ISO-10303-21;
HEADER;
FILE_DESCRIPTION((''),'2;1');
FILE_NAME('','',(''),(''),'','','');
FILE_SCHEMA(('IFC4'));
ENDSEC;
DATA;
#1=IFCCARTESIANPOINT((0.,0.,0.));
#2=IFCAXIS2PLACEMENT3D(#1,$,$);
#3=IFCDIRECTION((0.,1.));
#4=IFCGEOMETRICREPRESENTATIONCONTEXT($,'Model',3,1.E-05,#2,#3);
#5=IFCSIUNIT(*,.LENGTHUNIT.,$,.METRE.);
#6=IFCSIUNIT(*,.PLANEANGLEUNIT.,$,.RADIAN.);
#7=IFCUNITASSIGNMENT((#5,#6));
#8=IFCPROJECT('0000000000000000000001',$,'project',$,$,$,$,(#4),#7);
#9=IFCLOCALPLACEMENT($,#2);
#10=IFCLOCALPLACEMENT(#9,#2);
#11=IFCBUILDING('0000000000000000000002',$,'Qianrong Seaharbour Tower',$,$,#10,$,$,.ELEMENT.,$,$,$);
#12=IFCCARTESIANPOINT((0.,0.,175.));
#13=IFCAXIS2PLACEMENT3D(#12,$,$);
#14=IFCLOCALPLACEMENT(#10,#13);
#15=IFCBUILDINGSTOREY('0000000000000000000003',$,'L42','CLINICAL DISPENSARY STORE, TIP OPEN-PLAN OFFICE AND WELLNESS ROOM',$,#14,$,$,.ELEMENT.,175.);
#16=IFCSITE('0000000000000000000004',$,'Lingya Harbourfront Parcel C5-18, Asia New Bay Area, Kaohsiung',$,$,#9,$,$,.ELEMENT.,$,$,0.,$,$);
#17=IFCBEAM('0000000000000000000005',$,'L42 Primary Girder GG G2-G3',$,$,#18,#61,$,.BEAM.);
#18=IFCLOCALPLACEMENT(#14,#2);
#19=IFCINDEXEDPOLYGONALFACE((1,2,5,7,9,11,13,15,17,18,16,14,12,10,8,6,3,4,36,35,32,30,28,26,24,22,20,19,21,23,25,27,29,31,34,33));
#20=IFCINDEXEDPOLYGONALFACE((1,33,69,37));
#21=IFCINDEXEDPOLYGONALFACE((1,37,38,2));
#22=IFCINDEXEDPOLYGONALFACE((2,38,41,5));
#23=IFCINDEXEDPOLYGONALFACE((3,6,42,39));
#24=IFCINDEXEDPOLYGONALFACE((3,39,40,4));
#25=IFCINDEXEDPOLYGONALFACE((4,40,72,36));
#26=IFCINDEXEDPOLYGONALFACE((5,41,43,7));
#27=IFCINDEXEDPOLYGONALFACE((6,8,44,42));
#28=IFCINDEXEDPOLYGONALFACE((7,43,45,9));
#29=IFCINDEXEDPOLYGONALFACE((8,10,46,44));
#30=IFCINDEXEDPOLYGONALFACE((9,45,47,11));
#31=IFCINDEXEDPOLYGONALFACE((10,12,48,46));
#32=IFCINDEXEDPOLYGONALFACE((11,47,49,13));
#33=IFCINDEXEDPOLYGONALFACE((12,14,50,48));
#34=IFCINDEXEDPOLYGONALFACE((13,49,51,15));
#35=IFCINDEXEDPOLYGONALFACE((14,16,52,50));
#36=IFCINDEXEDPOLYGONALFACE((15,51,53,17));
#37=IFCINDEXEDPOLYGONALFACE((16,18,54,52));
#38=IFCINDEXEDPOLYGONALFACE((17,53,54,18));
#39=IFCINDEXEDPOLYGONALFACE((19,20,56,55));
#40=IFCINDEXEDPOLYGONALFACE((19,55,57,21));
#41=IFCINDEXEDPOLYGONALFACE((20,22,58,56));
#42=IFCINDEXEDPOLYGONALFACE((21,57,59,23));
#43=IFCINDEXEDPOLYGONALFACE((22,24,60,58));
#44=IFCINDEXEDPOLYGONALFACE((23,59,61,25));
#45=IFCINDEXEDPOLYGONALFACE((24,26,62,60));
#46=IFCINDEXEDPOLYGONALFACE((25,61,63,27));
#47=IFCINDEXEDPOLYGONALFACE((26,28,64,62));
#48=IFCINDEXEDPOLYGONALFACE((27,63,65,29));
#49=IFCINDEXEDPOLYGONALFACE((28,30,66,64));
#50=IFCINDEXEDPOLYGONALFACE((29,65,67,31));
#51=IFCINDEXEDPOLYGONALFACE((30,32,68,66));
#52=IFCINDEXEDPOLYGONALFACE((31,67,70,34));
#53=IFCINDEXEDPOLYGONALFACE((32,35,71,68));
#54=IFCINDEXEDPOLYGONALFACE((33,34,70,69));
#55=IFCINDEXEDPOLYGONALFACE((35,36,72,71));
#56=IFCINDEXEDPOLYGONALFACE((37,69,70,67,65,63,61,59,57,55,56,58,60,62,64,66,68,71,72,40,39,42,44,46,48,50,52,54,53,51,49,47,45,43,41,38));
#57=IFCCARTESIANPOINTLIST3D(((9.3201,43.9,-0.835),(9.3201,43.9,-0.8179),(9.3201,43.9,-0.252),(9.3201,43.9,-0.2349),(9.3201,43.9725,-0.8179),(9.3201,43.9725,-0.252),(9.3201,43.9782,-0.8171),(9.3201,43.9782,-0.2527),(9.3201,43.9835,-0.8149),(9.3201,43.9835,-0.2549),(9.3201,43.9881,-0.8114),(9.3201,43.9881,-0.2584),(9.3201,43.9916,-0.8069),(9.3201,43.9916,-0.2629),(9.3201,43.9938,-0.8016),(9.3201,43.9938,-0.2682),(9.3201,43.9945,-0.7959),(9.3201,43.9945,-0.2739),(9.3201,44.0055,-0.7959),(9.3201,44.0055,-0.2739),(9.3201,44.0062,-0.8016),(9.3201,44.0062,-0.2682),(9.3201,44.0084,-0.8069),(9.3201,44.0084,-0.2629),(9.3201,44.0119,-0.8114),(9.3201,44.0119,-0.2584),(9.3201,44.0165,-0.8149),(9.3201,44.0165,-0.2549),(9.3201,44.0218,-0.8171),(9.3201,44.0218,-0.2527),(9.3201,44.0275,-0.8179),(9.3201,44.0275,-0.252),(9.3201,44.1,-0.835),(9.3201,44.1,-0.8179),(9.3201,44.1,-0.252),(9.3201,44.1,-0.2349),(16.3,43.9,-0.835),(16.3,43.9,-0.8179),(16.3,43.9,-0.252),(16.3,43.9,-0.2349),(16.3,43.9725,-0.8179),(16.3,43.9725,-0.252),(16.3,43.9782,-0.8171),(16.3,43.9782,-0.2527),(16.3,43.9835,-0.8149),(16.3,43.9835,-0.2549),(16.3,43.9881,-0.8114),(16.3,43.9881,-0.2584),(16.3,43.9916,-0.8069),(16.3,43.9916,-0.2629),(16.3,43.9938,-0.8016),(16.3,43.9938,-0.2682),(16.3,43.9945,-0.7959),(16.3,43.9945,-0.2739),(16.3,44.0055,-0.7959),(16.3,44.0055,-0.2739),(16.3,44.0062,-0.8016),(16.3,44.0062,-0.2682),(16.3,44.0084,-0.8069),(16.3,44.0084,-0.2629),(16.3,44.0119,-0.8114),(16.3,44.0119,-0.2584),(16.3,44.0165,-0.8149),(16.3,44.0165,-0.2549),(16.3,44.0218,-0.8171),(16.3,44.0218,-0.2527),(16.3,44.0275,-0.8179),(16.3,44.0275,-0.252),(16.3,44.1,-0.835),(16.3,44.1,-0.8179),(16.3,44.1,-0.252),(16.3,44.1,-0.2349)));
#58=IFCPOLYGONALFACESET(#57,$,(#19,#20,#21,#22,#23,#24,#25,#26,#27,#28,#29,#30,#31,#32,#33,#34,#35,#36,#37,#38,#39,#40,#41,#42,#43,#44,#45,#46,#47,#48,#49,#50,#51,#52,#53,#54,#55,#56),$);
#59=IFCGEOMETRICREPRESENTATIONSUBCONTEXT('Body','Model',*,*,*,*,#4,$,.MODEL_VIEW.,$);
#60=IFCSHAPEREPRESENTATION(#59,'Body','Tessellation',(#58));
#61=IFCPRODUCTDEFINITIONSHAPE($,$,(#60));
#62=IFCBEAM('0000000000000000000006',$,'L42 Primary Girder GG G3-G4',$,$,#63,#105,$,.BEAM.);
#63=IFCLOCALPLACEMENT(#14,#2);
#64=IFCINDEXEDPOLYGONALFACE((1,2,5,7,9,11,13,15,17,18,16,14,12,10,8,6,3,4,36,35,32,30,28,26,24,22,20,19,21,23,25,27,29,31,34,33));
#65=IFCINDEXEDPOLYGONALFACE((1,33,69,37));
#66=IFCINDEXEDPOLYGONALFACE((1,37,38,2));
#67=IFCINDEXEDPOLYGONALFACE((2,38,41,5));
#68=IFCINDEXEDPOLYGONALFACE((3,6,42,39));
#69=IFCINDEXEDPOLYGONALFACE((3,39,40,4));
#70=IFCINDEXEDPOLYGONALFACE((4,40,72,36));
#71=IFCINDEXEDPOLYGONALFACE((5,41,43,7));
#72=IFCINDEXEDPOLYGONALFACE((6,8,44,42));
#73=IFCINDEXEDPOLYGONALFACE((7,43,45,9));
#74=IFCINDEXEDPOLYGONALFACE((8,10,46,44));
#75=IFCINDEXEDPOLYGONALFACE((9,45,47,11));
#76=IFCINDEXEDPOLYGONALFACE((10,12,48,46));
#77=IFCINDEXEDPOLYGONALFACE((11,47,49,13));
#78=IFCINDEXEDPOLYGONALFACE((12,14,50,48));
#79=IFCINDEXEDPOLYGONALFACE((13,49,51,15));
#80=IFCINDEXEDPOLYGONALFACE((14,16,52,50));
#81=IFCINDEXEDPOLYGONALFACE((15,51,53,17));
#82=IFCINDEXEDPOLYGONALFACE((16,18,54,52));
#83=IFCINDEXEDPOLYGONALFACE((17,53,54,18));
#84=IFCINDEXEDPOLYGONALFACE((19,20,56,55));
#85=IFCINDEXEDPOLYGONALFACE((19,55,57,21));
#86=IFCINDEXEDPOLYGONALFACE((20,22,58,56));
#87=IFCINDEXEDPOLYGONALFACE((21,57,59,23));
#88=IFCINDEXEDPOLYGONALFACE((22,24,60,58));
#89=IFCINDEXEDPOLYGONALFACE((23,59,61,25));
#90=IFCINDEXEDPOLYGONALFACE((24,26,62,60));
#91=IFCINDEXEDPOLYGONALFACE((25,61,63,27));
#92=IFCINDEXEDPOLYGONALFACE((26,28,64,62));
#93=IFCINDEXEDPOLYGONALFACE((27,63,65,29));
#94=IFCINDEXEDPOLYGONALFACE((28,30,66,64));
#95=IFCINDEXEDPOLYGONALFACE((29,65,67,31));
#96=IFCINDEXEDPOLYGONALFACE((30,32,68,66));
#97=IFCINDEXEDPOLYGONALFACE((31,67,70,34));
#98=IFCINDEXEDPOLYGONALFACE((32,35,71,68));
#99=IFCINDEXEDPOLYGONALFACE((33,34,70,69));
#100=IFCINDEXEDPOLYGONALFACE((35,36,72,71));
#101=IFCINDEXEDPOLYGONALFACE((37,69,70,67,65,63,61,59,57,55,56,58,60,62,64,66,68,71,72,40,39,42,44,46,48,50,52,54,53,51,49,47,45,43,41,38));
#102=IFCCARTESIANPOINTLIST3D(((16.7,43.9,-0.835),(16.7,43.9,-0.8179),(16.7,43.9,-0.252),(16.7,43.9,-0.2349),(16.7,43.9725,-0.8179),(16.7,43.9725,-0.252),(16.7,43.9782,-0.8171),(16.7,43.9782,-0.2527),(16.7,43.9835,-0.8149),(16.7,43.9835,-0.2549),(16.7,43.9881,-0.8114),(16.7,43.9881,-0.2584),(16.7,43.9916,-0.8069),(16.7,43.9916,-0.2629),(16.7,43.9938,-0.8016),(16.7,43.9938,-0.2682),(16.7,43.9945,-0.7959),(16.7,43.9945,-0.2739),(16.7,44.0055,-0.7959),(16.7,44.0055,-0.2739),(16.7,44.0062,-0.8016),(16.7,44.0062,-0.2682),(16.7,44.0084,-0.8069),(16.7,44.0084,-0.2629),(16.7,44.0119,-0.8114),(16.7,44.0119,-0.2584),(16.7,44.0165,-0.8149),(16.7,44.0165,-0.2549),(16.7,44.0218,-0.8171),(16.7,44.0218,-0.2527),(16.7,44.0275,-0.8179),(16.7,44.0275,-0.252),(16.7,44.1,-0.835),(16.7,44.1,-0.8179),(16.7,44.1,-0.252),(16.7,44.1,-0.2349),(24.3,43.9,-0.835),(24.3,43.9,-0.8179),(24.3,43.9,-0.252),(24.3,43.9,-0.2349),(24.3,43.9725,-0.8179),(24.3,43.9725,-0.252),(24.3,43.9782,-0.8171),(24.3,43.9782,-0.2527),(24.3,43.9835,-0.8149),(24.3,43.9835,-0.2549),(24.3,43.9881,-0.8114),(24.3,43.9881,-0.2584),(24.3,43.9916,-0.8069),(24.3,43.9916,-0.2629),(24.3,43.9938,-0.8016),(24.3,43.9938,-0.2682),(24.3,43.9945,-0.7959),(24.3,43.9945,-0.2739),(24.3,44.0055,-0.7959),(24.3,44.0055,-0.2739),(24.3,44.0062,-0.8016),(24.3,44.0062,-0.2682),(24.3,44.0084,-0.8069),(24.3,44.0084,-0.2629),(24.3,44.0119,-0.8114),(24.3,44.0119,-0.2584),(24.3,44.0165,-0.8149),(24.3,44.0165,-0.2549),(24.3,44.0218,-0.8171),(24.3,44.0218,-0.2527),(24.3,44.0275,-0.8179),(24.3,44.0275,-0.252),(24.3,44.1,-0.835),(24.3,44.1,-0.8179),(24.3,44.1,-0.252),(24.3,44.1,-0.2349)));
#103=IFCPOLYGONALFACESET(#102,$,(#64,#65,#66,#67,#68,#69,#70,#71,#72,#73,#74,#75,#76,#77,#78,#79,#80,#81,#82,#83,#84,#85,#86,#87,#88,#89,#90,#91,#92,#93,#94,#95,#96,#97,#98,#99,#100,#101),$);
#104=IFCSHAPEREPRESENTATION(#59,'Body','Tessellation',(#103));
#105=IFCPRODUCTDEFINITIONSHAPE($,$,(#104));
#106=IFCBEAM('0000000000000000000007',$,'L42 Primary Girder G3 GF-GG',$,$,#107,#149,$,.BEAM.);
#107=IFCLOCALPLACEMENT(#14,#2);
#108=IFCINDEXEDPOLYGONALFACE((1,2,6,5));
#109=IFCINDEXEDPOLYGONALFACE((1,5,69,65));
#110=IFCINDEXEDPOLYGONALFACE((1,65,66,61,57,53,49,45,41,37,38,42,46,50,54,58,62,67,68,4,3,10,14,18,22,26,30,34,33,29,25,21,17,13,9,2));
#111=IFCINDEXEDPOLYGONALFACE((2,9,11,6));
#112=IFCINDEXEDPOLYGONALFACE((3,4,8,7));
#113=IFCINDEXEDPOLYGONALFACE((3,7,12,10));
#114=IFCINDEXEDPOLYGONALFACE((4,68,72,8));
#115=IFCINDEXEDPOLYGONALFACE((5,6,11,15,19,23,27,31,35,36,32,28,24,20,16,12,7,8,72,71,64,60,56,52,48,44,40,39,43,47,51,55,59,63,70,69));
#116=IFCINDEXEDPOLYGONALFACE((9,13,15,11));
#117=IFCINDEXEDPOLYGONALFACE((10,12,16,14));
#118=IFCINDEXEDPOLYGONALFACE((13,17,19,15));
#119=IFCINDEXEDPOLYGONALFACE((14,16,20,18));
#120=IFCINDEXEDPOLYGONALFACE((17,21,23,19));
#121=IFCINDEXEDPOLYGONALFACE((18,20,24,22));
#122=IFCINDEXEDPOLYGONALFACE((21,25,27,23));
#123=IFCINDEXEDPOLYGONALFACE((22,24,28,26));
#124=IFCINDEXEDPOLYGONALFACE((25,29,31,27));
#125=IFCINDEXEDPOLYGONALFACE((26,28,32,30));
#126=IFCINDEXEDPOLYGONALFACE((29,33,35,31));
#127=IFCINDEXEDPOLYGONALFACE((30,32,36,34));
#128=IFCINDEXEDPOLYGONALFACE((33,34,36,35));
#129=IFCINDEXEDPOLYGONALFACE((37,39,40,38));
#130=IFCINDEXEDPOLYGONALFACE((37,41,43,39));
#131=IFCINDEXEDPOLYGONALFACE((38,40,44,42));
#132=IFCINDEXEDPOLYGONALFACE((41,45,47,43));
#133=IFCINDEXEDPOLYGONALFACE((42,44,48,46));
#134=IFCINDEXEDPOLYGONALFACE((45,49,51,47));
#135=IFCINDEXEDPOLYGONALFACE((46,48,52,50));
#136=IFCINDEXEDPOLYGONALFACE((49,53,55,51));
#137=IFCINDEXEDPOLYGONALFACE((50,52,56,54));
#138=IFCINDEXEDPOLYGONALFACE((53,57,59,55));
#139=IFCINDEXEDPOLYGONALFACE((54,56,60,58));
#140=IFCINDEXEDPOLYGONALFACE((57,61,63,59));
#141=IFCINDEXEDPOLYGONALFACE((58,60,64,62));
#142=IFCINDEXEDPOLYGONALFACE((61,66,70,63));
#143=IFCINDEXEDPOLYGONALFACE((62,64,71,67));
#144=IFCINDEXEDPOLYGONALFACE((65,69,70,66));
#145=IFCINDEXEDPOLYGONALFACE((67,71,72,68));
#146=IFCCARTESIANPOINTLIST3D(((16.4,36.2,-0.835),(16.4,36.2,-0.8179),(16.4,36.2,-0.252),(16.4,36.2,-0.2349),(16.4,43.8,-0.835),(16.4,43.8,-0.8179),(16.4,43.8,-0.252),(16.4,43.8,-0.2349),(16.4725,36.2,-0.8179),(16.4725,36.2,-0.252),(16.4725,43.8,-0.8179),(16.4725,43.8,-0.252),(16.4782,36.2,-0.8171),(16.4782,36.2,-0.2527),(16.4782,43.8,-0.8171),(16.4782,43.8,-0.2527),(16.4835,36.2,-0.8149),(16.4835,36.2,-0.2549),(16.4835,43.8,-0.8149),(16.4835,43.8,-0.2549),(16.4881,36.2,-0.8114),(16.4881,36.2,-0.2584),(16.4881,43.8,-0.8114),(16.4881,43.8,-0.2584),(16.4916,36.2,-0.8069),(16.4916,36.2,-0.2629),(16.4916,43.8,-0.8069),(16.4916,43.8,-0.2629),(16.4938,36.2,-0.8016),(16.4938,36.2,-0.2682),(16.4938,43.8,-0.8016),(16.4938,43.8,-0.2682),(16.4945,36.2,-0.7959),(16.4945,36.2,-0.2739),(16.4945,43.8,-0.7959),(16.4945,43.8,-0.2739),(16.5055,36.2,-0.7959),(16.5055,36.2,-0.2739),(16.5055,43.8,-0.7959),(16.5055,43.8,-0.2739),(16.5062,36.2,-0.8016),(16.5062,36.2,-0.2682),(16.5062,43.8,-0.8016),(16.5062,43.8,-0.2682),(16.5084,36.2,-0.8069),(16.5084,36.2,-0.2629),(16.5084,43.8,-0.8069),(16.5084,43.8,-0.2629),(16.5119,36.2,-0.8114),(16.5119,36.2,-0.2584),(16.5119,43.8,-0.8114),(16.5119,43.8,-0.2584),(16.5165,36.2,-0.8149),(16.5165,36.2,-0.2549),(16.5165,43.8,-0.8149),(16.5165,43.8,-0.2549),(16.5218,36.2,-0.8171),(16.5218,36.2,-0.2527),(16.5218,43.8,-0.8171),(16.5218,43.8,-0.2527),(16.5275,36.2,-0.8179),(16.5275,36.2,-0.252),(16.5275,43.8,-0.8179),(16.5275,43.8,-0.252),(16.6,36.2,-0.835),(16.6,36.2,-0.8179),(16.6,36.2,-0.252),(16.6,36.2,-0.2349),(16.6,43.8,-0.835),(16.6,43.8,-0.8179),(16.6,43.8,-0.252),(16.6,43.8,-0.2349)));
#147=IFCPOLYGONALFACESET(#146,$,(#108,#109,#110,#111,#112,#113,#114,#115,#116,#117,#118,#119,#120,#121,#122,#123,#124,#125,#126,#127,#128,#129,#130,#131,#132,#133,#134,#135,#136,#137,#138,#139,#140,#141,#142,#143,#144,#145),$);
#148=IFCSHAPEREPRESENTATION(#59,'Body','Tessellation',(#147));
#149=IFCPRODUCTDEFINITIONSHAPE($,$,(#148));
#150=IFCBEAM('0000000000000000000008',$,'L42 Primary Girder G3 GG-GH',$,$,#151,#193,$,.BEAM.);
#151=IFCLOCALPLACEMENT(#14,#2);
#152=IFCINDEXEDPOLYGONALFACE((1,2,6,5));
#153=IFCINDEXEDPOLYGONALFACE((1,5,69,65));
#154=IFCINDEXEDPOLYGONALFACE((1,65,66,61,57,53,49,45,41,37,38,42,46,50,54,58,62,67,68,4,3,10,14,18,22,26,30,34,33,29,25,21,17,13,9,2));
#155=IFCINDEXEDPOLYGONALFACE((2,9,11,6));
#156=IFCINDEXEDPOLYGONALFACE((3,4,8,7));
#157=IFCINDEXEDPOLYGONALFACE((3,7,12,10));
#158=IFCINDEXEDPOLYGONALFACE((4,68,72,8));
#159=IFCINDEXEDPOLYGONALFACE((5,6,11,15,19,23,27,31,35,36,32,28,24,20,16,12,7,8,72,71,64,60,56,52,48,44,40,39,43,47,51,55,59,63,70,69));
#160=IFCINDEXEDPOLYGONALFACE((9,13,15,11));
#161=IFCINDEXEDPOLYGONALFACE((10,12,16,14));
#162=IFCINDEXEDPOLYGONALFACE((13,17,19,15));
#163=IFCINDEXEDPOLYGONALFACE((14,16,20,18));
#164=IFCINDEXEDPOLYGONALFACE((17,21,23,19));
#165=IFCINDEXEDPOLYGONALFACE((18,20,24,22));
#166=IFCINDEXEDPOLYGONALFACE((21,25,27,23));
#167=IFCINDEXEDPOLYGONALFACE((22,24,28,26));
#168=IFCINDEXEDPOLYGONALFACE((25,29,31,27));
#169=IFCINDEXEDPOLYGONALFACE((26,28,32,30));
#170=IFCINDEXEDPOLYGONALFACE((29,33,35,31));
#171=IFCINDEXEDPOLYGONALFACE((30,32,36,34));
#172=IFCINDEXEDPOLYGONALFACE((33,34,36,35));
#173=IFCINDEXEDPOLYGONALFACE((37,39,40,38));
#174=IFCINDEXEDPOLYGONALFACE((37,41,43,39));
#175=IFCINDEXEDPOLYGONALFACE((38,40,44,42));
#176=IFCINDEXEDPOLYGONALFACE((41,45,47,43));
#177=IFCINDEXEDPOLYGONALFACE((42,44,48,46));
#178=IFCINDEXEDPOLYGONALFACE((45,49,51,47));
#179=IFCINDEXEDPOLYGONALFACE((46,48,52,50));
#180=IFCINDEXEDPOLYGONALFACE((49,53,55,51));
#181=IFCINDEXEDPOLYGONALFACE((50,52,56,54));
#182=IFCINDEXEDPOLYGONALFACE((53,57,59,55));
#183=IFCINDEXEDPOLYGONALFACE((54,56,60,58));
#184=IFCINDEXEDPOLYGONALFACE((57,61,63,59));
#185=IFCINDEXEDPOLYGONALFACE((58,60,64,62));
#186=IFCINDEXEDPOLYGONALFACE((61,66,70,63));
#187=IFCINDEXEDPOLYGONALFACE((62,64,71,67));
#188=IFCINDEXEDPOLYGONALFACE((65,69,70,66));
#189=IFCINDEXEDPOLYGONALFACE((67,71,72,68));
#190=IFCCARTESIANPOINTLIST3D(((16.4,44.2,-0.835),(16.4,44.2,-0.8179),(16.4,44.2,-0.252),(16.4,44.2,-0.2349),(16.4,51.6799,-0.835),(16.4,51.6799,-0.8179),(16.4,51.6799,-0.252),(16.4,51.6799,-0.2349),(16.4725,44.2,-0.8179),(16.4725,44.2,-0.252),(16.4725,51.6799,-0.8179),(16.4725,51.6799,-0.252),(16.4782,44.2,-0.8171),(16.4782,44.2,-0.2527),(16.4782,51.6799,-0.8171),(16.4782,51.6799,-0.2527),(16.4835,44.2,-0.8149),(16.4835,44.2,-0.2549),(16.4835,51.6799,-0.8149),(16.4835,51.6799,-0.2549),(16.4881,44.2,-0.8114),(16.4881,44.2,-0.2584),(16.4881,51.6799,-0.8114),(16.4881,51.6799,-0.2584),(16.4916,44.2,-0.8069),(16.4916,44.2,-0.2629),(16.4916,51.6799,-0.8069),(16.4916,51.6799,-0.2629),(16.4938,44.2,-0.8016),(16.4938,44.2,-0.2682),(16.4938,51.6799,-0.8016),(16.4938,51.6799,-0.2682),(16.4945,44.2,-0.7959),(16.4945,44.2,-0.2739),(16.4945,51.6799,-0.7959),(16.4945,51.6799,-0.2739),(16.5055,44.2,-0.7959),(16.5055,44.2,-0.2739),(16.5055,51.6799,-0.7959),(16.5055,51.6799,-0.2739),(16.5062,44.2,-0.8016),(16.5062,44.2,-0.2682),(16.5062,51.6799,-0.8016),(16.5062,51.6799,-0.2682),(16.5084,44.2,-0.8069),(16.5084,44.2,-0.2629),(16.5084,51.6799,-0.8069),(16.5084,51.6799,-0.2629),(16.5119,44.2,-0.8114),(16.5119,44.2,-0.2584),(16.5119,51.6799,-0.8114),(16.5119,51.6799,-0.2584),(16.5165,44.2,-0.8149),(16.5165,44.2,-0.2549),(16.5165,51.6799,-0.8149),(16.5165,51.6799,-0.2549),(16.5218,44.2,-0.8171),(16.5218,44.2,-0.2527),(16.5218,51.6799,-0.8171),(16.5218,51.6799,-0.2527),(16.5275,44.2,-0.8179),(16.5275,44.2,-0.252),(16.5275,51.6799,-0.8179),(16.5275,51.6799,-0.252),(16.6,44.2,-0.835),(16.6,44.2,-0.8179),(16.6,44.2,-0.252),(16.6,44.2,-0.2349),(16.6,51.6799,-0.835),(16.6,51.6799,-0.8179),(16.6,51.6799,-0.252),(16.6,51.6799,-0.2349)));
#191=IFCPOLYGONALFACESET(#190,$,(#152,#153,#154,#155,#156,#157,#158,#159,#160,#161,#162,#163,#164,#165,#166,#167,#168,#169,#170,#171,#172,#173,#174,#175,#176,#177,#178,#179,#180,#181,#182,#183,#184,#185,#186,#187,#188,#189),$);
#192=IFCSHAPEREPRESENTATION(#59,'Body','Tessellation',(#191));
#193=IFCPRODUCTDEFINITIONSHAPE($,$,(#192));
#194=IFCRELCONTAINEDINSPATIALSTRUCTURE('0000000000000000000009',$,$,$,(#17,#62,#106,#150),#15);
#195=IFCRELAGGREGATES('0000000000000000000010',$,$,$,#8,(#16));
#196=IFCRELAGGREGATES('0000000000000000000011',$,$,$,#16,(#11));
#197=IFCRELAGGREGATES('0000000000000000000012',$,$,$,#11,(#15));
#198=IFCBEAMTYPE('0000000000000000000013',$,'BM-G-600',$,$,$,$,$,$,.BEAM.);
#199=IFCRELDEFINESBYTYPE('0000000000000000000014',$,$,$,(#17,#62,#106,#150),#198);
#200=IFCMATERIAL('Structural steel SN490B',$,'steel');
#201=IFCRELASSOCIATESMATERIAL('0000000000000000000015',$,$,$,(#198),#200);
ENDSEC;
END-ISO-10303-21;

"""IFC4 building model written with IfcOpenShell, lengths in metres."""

from ifc_helpers import new_model, si_unit, direction, frame, origin, origin_2d, place, context, subcontext, project, spatial, i_section, extrude, material, material_profile, profile_set, type_object, element, save


model = new_model("IFC4")

# Units and contexts
model_context = context("Model", 3, precision=1e-05, world=origin(), true_north=direction((0.0, 1.0)))
body_context = subcontext(model_context, "Body", "Model", "MODEL_VIEW")
ifc_project = project(units=[si_unit("LENGTHUNIT", "METRE"), si_unit("PLANEANGLEUNIT", "RADIAN")], contexts=[model_context])

# Site, building, storey
site_placement = place(None, origin())
site = spatial("IfcSite", under=ifc_project, at=site_placement, Name="Lingya Harbourfront Parcel C5-18, Asia New Bay Area, Kaohsiung", CompositionType="ELEMENT", RefElevation=0.0)
building_placement = place(site_placement, origin())
building = spatial("IfcBuilding", under=site, at=building_placement, Name="Qianrong Seaharbour Tower", CompositionType="ELEMENT")
storey_placement = place(building_placement, frame((0.0, 0.0, 175.0)))
storey = spatial("IfcBuildingStorey", under=building, at=storey_placement, Name="L42", Description="CLINICAL DISPENSARY STORE, TIP OPEN-PLAN OFFICE AND WELLNESS ROOM", CompositionType="ELEMENT", Elevation=175.0)

# Shared definitions
ifc_material_1 = material(Name="Structural steel SN490B", Category="steel")

# Beams
ifc_material_profile_1 = material_profile(ifc_material_1, i_section(OverallWidth=0.2, OverallDepth=0.6001, WebThickness=0.011, FlangeThickness=0.0171, FilletRadius=0.022, at=origin_2d()), Name="H600x200x11x17")
ifc_profile_set_1 = profile_set([ifc_material_profile_1], Name="Structural steel SN490B")
beam_type_1 = type_object("IfcBeamType", Name="BM-G-600", PredefinedType="BEAM", material=ifc_profile_set_1)
beam_1_placement = place(storey_placement, frame((9.3201, 44.0, -0.5349), z_axis=(1.0, 0.0, 0.0), x_axis=(0.0, 1.0, 0.0)))
element("IfcBeam", 1, at=beam_1_placement, inside=storey, type_object=beam_type_1, Name="L42 Primary Girder GG G2-G3", PredefinedType="BEAM", context=body_context, shape_type="SweptSolid", body=[
    extrude(i_section(OverallWidth=0.2, OverallDepth=0.6001, WebThickness=0.011, FlangeThickness=0.0171, FilletRadius=0.022, at=origin_2d()), origin(), (0.0, 0.0, 1.0), 6.98),
])
for number, where, z_axis, x_axis, name in (
    (2, (16.7, 44.0, -0.5349), (1.0, 0.0, 0.0), (0.0, 1.0, 0.0), "L42 Primary Girder GG G3-G4"),
    (3, (16.5, 36.2, -0.5349), (0.0, 1.0, 0.0), (-1.0, 0.0, 0.0), "L42 Primary Girder G3 GF-GG"),
):
    element("IfcBeam", number, at=place(storey_placement, frame(where, z_axis=z_axis, x_axis=x_axis)), inside=storey, type_object=beam_type_1, Name=name, PredefinedType="BEAM", context=body_context, shape_type="SweptSolid", body=[
        extrude(i_section(OverallWidth=0.2, OverallDepth=0.6001, WebThickness=0.011, FlangeThickness=0.0171, FilletRadius=0.022, at=origin_2d()), origin(), (0.0, 0.0, 1.0), 7.6001),
    ])
beam_2_placement = place(storey_placement, frame((16.5, 44.2, -0.5349), z_axis=(0.0, 1.0, 0.0), x_axis=(-1.0, 0.0, 0.0)))
element("IfcBeam", 4, at=beam_2_placement, inside=storey, type_object=beam_type_1, Name="L42 Primary Girder G3 GG-GH", PredefinedType="BEAM", context=body_context, shape_type="SweptSolid", body=[
    extrude(i_section(OverallWidth=0.2, OverallDepth=0.6001, WebThickness=0.011, FlangeThickness=0.0171, FilletRadius=0.022, at=origin_2d()), origin(), (0.0, 0.0, 1.0), 7.48),
])

save(model, "model.ifc")
